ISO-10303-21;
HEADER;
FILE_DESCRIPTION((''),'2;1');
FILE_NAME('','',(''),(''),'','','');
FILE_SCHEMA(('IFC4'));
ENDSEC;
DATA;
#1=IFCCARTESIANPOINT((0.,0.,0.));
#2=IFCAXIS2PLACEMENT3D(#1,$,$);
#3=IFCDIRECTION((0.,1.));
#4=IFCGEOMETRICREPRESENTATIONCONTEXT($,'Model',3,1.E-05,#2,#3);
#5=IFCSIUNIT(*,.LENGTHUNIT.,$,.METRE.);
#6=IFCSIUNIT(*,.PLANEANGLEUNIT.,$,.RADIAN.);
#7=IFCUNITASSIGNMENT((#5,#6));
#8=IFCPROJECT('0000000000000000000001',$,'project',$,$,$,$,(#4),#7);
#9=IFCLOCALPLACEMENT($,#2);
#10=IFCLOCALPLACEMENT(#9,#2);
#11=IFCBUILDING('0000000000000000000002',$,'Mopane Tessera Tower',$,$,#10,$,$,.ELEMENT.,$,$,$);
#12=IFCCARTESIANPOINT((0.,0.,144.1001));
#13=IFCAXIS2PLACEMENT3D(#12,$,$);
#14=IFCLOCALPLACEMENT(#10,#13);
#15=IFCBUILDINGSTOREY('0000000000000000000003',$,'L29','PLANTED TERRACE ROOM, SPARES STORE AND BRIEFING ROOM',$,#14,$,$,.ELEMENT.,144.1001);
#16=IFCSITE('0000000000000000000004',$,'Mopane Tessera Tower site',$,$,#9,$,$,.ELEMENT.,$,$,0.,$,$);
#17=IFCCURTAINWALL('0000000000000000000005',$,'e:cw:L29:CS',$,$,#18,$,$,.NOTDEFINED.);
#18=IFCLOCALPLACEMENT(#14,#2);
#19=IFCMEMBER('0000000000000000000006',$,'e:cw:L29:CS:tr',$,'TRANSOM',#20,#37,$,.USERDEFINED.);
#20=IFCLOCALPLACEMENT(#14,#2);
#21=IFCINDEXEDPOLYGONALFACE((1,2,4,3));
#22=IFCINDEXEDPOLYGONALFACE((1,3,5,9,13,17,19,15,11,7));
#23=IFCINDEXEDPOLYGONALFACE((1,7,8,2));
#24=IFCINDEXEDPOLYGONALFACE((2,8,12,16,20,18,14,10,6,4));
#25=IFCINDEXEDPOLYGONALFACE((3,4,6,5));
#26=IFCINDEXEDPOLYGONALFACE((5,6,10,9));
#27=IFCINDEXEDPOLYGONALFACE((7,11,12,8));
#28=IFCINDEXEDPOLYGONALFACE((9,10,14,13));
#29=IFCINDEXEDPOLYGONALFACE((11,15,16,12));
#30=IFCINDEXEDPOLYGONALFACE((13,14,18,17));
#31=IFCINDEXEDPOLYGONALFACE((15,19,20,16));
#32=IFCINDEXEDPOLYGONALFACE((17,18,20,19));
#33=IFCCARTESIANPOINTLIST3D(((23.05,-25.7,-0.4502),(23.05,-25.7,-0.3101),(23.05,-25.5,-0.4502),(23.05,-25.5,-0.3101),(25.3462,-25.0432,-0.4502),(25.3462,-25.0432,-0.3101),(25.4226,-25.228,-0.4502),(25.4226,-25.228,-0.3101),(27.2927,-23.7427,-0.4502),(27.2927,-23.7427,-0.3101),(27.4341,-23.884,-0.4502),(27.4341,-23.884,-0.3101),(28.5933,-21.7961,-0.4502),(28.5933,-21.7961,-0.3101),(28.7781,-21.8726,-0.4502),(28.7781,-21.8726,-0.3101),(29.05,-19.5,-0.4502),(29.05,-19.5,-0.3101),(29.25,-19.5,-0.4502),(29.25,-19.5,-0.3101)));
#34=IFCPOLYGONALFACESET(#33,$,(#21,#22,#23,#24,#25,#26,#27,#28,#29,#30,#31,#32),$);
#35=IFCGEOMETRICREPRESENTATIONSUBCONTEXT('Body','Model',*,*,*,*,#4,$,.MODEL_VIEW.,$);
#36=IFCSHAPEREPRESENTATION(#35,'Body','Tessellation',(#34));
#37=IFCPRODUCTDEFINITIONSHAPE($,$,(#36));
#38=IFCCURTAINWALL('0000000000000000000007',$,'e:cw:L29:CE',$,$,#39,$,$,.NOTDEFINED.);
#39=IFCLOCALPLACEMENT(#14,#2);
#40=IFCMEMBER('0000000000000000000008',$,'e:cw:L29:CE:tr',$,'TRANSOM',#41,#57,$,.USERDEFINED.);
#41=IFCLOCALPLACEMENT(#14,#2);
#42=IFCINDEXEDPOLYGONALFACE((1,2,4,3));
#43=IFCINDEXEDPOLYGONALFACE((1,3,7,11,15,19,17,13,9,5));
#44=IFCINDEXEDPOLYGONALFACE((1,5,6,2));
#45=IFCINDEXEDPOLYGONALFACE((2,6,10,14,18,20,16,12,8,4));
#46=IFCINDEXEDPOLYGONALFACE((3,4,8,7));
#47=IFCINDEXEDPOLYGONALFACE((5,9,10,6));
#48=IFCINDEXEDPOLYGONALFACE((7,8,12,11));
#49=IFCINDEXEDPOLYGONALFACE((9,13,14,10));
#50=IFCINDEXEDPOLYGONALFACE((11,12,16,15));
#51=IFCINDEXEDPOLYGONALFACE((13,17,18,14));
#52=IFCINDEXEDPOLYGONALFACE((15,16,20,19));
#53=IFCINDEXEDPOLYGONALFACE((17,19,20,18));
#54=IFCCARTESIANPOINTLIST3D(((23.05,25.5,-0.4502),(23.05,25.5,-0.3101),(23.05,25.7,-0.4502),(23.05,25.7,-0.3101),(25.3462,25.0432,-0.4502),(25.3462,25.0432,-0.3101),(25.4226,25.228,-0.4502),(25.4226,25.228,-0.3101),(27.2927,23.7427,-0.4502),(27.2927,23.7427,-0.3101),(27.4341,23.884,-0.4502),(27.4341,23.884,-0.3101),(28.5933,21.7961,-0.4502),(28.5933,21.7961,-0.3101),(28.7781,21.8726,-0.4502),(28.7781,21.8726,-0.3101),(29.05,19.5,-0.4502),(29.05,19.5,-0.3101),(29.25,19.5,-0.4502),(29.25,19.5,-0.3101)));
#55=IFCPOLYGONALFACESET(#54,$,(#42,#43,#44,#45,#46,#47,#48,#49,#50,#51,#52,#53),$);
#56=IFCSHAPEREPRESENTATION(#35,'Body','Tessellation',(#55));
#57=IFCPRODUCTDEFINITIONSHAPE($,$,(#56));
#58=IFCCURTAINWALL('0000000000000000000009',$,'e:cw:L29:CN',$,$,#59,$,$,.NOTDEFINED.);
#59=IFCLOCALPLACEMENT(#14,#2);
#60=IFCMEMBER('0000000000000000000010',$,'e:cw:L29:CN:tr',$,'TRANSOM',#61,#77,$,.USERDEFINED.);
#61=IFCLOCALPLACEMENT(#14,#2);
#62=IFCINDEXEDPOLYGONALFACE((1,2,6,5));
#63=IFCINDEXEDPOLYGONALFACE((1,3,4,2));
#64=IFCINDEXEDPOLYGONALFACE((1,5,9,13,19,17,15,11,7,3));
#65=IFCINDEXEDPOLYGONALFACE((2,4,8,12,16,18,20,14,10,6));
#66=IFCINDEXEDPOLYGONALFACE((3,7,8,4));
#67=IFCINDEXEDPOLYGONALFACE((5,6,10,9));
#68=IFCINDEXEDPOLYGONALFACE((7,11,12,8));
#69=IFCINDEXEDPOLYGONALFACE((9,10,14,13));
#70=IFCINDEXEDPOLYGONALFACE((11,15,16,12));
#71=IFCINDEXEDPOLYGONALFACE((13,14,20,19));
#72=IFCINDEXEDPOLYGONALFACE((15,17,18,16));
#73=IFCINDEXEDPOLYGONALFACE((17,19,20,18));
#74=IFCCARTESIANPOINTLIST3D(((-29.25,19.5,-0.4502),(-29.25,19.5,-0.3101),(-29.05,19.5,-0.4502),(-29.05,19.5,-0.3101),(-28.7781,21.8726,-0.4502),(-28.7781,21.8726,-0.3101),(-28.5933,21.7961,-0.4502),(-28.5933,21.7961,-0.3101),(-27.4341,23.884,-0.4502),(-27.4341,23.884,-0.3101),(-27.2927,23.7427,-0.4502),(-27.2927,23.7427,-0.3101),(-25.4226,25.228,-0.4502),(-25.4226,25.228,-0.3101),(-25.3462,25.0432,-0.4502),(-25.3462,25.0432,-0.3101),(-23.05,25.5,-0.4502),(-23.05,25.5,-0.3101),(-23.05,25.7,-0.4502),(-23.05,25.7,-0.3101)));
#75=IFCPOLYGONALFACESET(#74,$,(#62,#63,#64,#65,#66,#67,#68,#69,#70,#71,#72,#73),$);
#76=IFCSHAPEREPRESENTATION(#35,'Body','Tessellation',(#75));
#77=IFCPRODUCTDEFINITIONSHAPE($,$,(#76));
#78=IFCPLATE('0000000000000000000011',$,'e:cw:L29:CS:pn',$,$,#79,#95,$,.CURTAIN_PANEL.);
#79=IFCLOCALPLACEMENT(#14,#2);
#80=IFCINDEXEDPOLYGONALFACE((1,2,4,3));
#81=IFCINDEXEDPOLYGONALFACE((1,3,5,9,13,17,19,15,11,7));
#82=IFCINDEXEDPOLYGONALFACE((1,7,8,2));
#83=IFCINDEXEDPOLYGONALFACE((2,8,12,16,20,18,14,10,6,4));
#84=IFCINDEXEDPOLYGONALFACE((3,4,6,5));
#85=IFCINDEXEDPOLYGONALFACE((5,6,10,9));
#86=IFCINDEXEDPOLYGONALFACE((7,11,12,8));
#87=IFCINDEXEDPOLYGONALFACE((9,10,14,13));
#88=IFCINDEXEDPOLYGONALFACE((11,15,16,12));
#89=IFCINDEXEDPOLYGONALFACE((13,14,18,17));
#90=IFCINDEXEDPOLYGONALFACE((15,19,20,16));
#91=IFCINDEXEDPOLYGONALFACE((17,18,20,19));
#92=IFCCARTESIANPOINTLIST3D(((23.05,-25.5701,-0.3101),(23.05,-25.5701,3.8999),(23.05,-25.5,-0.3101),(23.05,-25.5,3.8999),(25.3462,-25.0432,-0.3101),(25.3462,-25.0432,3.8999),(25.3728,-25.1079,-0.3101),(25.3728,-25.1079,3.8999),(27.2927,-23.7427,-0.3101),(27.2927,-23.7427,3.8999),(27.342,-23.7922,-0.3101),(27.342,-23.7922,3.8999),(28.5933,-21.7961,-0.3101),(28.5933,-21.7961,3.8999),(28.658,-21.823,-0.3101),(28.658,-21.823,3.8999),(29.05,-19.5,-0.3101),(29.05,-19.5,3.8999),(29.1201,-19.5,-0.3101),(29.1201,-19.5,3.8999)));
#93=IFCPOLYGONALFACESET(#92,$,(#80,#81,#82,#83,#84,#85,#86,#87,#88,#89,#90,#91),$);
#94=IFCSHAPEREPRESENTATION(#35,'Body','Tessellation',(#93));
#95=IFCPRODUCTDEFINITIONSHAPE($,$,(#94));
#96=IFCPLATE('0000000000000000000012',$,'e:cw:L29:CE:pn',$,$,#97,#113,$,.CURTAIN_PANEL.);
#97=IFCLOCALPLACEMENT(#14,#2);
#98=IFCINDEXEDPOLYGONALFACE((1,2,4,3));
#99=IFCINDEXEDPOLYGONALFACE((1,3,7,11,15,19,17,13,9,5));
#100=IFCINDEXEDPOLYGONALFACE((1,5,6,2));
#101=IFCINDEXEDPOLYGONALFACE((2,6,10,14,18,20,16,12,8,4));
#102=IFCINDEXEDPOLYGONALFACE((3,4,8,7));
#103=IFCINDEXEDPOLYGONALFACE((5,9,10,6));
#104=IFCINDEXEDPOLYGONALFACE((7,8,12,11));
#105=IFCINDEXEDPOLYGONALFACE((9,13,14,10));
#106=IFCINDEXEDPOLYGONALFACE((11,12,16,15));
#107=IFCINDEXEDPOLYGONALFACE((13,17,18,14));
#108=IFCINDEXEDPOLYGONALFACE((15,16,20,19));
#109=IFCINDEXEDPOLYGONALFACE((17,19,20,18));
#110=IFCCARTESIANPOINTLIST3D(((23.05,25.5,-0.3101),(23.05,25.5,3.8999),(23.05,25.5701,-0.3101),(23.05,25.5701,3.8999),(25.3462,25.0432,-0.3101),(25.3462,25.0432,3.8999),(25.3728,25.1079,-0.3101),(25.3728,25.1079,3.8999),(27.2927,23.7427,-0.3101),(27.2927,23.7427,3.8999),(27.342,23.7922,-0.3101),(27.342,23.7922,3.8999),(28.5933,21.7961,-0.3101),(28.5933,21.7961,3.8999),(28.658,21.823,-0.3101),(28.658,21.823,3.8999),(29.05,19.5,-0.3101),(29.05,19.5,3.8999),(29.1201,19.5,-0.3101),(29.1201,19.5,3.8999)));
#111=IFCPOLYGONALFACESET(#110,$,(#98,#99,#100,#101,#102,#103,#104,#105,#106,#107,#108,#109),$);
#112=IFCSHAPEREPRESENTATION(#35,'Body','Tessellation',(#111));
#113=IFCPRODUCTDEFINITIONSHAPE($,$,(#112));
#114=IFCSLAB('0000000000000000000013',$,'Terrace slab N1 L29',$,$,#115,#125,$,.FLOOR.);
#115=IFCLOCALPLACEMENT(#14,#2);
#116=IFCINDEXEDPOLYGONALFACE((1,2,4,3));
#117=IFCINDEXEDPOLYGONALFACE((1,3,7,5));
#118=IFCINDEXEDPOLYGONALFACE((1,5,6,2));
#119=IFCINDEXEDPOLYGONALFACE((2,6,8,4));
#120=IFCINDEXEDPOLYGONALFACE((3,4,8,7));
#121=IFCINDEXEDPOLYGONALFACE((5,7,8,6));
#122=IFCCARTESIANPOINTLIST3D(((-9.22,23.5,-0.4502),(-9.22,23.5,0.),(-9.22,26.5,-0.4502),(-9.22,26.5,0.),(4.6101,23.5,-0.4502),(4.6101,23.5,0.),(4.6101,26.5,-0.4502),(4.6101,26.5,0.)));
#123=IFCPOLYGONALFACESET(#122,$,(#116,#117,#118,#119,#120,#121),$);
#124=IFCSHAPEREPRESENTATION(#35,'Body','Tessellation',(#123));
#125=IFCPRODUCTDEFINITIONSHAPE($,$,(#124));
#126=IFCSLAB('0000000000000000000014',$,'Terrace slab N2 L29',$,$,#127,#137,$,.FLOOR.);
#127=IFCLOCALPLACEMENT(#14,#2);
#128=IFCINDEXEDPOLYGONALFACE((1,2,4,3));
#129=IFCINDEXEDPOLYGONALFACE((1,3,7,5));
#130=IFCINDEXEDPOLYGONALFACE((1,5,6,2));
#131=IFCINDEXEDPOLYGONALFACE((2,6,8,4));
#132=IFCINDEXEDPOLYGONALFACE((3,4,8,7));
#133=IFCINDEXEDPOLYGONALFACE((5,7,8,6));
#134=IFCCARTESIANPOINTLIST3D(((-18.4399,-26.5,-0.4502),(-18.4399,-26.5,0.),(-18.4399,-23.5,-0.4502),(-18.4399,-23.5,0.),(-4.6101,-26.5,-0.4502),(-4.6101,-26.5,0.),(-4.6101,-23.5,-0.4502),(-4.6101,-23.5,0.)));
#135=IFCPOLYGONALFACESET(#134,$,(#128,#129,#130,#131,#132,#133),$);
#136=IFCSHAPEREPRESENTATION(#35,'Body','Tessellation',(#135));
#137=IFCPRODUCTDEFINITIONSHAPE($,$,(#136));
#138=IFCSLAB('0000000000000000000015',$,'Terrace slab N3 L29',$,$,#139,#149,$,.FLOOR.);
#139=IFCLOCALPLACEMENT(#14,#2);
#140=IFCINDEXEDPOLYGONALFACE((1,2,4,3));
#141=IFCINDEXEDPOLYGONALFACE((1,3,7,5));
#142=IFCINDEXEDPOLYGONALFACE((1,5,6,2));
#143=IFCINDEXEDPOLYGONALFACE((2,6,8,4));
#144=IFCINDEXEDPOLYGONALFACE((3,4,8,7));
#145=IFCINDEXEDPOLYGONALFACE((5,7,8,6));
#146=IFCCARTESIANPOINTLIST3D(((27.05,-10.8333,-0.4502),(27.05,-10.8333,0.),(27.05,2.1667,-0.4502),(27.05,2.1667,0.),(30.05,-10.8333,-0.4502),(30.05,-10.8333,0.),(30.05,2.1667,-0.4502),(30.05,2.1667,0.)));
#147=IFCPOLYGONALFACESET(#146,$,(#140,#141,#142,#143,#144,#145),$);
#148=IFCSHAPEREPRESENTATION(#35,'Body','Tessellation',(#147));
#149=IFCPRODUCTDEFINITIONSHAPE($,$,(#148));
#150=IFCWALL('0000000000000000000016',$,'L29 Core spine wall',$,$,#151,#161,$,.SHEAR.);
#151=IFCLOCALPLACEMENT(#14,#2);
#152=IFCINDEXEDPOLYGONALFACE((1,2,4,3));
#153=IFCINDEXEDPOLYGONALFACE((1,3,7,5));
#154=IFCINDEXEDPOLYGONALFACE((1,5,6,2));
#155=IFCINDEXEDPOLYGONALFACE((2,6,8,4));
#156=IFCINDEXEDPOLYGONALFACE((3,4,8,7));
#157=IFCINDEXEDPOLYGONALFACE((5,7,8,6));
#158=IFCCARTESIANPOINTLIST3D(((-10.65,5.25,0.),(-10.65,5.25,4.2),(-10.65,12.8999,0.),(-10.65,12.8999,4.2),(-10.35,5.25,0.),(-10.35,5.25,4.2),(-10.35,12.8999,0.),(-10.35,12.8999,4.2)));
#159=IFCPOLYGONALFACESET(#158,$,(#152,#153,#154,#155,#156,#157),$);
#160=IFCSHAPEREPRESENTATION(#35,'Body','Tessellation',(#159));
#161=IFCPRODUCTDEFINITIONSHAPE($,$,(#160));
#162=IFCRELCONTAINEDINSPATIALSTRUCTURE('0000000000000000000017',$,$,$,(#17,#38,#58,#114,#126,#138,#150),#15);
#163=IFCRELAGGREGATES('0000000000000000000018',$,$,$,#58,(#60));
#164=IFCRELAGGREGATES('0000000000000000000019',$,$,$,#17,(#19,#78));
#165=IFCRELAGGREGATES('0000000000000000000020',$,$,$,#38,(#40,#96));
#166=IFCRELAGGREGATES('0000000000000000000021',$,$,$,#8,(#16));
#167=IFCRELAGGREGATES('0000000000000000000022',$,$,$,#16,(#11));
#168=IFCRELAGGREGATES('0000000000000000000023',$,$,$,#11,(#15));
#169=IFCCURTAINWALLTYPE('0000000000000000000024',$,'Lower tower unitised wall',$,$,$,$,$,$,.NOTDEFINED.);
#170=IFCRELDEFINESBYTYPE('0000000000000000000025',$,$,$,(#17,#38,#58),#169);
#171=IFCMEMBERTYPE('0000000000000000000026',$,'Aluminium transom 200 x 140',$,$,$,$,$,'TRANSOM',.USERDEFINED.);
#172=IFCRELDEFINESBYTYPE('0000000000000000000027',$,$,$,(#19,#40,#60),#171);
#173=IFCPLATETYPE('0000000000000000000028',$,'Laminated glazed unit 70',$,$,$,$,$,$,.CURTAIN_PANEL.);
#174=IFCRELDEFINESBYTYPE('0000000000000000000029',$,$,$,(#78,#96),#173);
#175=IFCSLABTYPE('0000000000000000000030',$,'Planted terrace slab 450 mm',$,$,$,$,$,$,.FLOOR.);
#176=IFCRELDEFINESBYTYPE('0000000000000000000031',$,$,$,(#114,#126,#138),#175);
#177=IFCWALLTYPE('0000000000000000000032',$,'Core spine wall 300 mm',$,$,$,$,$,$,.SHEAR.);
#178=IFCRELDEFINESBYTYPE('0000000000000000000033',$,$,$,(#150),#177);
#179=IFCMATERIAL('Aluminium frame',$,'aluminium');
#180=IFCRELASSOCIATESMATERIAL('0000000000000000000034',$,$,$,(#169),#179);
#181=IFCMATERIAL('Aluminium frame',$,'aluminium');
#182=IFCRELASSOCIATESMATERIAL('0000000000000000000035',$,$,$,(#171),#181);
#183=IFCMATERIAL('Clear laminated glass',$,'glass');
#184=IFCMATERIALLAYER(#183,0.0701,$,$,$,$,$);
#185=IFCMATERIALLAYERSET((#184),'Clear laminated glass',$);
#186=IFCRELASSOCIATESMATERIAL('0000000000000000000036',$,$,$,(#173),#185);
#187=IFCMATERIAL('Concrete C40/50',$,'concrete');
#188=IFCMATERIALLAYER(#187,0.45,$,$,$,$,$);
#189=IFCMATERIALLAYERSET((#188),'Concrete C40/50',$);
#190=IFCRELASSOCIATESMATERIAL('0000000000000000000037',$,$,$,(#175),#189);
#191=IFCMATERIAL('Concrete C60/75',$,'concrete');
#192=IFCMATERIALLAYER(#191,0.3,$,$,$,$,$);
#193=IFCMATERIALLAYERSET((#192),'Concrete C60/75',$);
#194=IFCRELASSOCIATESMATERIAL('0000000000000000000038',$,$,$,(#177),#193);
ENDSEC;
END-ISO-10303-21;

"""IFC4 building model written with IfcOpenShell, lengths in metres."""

from ifc_helpers import new_model, si_unit, direction, frame, frame_2d, origin, origin_2d, place, context, subcontext, project, spatial, polyline, rectangle, outline, extrude, material, layer, layer_set, material_profile, profile_set, type_object, element, aggregate, save


model = new_model("IFC4")

# Units and contexts
model_context = context("Model", 3, precision=1e-05, world=origin(), true_north=direction((0.0, 1.0)))
body_context = subcontext(model_context, "Body", "Model", "MODEL_VIEW")
ifc_project = project(units=[si_unit("LENGTHUNIT", "METRE"), si_unit("PLANEANGLEUNIT", "RADIAN")], contexts=[model_context])

# Site, building, storey
site_placement = place(None, origin())
site = spatial("IfcSite", under=ifc_project, at=site_placement, Name="Mopane Tessera Tower site", CompositionType="ELEMENT", RefElevation=0.0)
building_placement = place(site_placement, origin())
building = spatial("IfcBuilding", under=site, at=building_placement, Name="Mopane Tessera Tower", CompositionType="ELEMENT")
storey_placement = place(building_placement, frame((0.0, 0.0, 144.1001)))
storey = spatial("IfcBuildingStorey", under=building, at=storey_placement, Name="L29", Description="PLANTED TERRACE ROOM, SPARES STORE AND BRIEFING ROOM", CompositionType="ELEMENT", Elevation=144.1001)

# Curtain walls, members
ifc_material_1 = material(Name="Aluminium frame", Category="aluminium")
curtain_wall_type = type_object("IfcCurtainWallType", Name="Lower tower unitised wall", PredefinedType="NOTDEFINED", material=ifc_material_1)
curtain_wall_1_placement = place(storey_placement, origin())
curtain_wall_1 = element("IfcCurtainWall", 1, at=curtain_wall_1_placement, inside=storey, type_object=curtain_wall_type, Name="e:cw:L29:CS", PredefinedType="NOTDEFINED")
ifc_material_2 = material(Name="Aluminium frame", Category="aluminium")
ifc_material_profile = material_profile(ifc_material_2, rectangle(XDim=0.2, YDim=0.1399, at=origin_2d()))
ifc_profile_set = profile_set([ifc_material_profile], Name="Aluminium frame")
member_type = type_object("IfcMemberType", Name="Aluminium transom 200 x 140", ElementType="TRANSOM", PredefinedType="USERDEFINED", material=ifc_profile_set)
member_1_placement = place(storey_placement, frame((0.0, 0.0, -0.4502)))
member_1 = element("IfcMember", 2, at=member_1_placement, type_object=member_type, Name="e:cw:L29:CS:tr", ObjectType="TRANSOM", PredefinedType="USERDEFINED", context=body_context, shape_type="SweptSolid", body=[
    extrude(outline(polyline([(23.05, -25.5), (25.3462, -25.0432), (27.2927, -23.7427), (28.5933, -21.7961), (29.05, -19.5), (29.25, -19.5), (28.7781, -21.8726), (27.4341, -23.884), (25.4226, -25.228), (23.05, -25.7), (23.05, -25.5)])), origin(), (0.0, 0.0, 1.0), 0.1401),
])
curtain_wall_2_placement = place(storey_placement, origin())
curtain_wall_2 = element("IfcCurtainWall", 3, at=curtain_wall_2_placement, inside=storey, type_object=curtain_wall_type, Name="e:cw:L29:CE", PredefinedType="NOTDEFINED")
member_2_placement = place(storey_placement, frame((0.0, 0.0, -0.4502)))
member_2 = element("IfcMember", 4, at=member_2_placement, type_object=member_type, Name="e:cw:L29:CE:tr", ObjectType="TRANSOM", PredefinedType="USERDEFINED", context=body_context, shape_type="SweptSolid", body=[
    extrude(outline(polyline([(29.05, 19.5), (28.5933, 21.7961), (27.2927, 23.7427), (25.3462, 25.0432), (23.05, 25.5), (23.05, 25.7), (25.4226, 25.228), (27.4341, 23.884), (28.7781, 21.8726), (29.25, 19.5), (29.05, 19.5)])), origin(), (0.0, 0.0, 1.0), 0.1401),
])
curtain_wall_3_placement = place(storey_placement, origin())
curtain_wall_3 = element("IfcCurtainWall", 5, at=curtain_wall_3_placement, inside=storey, type_object=curtain_wall_type, Name="e:cw:L29:CN", PredefinedType="NOTDEFINED")
member_3_placement = place(storey_placement, frame((0.0, 0.0, -0.4502)))
member_3 = element("IfcMember", 6, at=member_3_placement, type_object=member_type, Name="e:cw:L29:CN:tr", ObjectType="TRANSOM", PredefinedType="USERDEFINED", context=body_context, shape_type="SweptSolid", body=[
    extrude(outline(polyline([(-23.05, 25.5), (-25.3462, 25.0432), (-27.2927, 23.7427), (-28.5933, 21.7961), (-29.05, 19.5), (-29.25, 19.5), (-28.7781, 21.8726), (-27.4341, 23.884), (-25.4226, 25.228), (-23.05, 25.7), (-23.05, 25.5)])), origin(), (0.0, 0.0, 1.0), 0.1401),
])
aggregate(curtain_wall_3, [member_3])

# Plates
ifc_material_3 = material(Name="Clear laminated glass", Category="glass")
ifc_layer_1 = layer(ifc_material_3, 0.0701)
ifc_layer_set_1 = layer_set([ifc_layer_1], Name="Clear laminated glass")
plate_type = type_object("IfcPlateType", Name="Laminated glazed unit 70", PredefinedType="CURTAIN_PANEL", material=ifc_layer_set_1)
plate_1_placement = place(storey_placement, frame((0.0, 0.0, -0.3101)))
plate_1 = element("IfcPlate", 7, at=plate_1_placement, type_object=plate_type, Name="e:cw:L29:CS:pn", PredefinedType="CURTAIN_PANEL", context=body_context, shape_type="SweptSolid", body=[
    extrude(outline(polyline([(23.05, -25.5), (25.3462, -25.0432), (27.2927, -23.7427), (28.5933, -21.7961), (29.05, -19.5), (29.1201, -19.5), (28.658, -21.823), (27.342, -23.7922), (25.3728, -25.1079), (23.05, -25.5701), (23.05, -25.5)])), origin(), (0.0, 0.0, 1.0), 4.21),
])
aggregate(curtain_wall_1, [member_1, plate_1])
plate_2_placement = place(storey_placement, frame((0.0, 0.0, -0.3101)))
plate_2 = element("IfcPlate", 8, at=plate_2_placement, type_object=plate_type, Name="e:cw:L29:CE:pn", PredefinedType="CURTAIN_PANEL", context=body_context, shape_type="SweptSolid", body=[
    extrude(outline(polyline([(29.05, 19.5), (28.5933, 21.7961), (27.2927, 23.7427), (25.3462, 25.0432), (23.05, 25.5), (23.05, 25.5701), (25.3728, 25.1079), (27.342, 23.7922), (28.658, 21.823), (29.1201, 19.5), (29.05, 19.5)])), origin(), (0.0, 0.0, 1.0), 4.21),
])
aggregate(curtain_wall_2, [member_2, plate_2])

# Slabs
ifc_material_4 = material(Name="Concrete C40/50", Category="concrete")
ifc_layer_2 = layer(ifc_material_4, 0.45)
ifc_layer_set_2 = layer_set([ifc_layer_2], Name="Concrete C40/50")
slab_type = type_object("IfcSlabType", Name="Planted terrace slab 450 mm", PredefinedType="FLOOR", material=ifc_layer_set_2)
slab_1_placement = place(storey_placement, frame((0.0, 0.0, -0.4502)))
element("IfcSlab", 9, at=slab_1_placement, inside=storey, type_object=slab_type, Name="Terrace slab N1 L29", PredefinedType="FLOOR", context=body_context, shape_type="SweptSolid", body=[
    extrude(outline(polyline([(-9.22, 26.5), (-9.22, 23.5), (4.6101, 23.5), (4.6101, 26.5), (-9.22, 26.5)])), origin(), (0.0, 0.0, 1.0), 0.4502),
])
slab_2_placement = place(storey_placement, frame((0.0, 0.0, -0.4502)))
element("IfcSlab", 10, at=slab_2_placement, inside=storey, type_object=slab_type, Name="Terrace slab N2 L29", PredefinedType="FLOOR", context=body_context, shape_type="SweptSolid", body=[
    extrude(outline(polyline([(-4.6101, -26.5), (-4.6101, -23.5), (-18.4399, -23.5), (-18.4399, -26.5), (-4.6101, -26.5)])), origin(), (0.0, 0.0, 1.0), 0.4502),
])
slab_3_placement = place(storey_placement, frame((0.0, 0.0, -0.4502)))
element("IfcSlab", 11, at=slab_3_placement, inside=storey, type_object=slab_type, Name="Terrace slab N3 L29", PredefinedType="FLOOR", context=body_context, shape_type="SweptSolid", body=[
    extrude(outline(polyline([(30.05, 2.1667), (27.05, 2.1667), (27.05, -10.8333), (30.05, -10.8333), (30.05, 2.1667)])), origin(), (0.0, 0.0, 1.0), 0.4502),
])

# Wall
ifc_material_5 = material(Name="Concrete C60/75", Category="concrete")
ifc_layer_3 = layer(ifc_material_5, 0.3)
ifc_layer_set_3 = layer_set([ifc_layer_3], Name="Concrete C60/75")
wall_type_1 = type_object("IfcWallType", Name="Core spine wall 300 mm", PredefinedType="SHEAR", material=ifc_layer_set_3)
wall_1_placement = place(storey_placement, frame((-10.5, 5.25, 0.0), z_axis=(0.0, 0.0, 1.0), x_axis=(0.0, 1.0, 0.0)))
element("IfcWall", 12, at=wall_1_placement, inside=storey, type_object=wall_type_1, Name="L29 Core spine wall", PredefinedType="SHEAR", context=body_context, shape_type="SweptSolid", body=[
    extrude(rectangle(XDim=7.6499, YDim=0.3, at=frame_2d((3.825, 0.0))), origin(), (0.0, 0.0, 1.0), 4.2),
])

save(model, "model.ifc")
